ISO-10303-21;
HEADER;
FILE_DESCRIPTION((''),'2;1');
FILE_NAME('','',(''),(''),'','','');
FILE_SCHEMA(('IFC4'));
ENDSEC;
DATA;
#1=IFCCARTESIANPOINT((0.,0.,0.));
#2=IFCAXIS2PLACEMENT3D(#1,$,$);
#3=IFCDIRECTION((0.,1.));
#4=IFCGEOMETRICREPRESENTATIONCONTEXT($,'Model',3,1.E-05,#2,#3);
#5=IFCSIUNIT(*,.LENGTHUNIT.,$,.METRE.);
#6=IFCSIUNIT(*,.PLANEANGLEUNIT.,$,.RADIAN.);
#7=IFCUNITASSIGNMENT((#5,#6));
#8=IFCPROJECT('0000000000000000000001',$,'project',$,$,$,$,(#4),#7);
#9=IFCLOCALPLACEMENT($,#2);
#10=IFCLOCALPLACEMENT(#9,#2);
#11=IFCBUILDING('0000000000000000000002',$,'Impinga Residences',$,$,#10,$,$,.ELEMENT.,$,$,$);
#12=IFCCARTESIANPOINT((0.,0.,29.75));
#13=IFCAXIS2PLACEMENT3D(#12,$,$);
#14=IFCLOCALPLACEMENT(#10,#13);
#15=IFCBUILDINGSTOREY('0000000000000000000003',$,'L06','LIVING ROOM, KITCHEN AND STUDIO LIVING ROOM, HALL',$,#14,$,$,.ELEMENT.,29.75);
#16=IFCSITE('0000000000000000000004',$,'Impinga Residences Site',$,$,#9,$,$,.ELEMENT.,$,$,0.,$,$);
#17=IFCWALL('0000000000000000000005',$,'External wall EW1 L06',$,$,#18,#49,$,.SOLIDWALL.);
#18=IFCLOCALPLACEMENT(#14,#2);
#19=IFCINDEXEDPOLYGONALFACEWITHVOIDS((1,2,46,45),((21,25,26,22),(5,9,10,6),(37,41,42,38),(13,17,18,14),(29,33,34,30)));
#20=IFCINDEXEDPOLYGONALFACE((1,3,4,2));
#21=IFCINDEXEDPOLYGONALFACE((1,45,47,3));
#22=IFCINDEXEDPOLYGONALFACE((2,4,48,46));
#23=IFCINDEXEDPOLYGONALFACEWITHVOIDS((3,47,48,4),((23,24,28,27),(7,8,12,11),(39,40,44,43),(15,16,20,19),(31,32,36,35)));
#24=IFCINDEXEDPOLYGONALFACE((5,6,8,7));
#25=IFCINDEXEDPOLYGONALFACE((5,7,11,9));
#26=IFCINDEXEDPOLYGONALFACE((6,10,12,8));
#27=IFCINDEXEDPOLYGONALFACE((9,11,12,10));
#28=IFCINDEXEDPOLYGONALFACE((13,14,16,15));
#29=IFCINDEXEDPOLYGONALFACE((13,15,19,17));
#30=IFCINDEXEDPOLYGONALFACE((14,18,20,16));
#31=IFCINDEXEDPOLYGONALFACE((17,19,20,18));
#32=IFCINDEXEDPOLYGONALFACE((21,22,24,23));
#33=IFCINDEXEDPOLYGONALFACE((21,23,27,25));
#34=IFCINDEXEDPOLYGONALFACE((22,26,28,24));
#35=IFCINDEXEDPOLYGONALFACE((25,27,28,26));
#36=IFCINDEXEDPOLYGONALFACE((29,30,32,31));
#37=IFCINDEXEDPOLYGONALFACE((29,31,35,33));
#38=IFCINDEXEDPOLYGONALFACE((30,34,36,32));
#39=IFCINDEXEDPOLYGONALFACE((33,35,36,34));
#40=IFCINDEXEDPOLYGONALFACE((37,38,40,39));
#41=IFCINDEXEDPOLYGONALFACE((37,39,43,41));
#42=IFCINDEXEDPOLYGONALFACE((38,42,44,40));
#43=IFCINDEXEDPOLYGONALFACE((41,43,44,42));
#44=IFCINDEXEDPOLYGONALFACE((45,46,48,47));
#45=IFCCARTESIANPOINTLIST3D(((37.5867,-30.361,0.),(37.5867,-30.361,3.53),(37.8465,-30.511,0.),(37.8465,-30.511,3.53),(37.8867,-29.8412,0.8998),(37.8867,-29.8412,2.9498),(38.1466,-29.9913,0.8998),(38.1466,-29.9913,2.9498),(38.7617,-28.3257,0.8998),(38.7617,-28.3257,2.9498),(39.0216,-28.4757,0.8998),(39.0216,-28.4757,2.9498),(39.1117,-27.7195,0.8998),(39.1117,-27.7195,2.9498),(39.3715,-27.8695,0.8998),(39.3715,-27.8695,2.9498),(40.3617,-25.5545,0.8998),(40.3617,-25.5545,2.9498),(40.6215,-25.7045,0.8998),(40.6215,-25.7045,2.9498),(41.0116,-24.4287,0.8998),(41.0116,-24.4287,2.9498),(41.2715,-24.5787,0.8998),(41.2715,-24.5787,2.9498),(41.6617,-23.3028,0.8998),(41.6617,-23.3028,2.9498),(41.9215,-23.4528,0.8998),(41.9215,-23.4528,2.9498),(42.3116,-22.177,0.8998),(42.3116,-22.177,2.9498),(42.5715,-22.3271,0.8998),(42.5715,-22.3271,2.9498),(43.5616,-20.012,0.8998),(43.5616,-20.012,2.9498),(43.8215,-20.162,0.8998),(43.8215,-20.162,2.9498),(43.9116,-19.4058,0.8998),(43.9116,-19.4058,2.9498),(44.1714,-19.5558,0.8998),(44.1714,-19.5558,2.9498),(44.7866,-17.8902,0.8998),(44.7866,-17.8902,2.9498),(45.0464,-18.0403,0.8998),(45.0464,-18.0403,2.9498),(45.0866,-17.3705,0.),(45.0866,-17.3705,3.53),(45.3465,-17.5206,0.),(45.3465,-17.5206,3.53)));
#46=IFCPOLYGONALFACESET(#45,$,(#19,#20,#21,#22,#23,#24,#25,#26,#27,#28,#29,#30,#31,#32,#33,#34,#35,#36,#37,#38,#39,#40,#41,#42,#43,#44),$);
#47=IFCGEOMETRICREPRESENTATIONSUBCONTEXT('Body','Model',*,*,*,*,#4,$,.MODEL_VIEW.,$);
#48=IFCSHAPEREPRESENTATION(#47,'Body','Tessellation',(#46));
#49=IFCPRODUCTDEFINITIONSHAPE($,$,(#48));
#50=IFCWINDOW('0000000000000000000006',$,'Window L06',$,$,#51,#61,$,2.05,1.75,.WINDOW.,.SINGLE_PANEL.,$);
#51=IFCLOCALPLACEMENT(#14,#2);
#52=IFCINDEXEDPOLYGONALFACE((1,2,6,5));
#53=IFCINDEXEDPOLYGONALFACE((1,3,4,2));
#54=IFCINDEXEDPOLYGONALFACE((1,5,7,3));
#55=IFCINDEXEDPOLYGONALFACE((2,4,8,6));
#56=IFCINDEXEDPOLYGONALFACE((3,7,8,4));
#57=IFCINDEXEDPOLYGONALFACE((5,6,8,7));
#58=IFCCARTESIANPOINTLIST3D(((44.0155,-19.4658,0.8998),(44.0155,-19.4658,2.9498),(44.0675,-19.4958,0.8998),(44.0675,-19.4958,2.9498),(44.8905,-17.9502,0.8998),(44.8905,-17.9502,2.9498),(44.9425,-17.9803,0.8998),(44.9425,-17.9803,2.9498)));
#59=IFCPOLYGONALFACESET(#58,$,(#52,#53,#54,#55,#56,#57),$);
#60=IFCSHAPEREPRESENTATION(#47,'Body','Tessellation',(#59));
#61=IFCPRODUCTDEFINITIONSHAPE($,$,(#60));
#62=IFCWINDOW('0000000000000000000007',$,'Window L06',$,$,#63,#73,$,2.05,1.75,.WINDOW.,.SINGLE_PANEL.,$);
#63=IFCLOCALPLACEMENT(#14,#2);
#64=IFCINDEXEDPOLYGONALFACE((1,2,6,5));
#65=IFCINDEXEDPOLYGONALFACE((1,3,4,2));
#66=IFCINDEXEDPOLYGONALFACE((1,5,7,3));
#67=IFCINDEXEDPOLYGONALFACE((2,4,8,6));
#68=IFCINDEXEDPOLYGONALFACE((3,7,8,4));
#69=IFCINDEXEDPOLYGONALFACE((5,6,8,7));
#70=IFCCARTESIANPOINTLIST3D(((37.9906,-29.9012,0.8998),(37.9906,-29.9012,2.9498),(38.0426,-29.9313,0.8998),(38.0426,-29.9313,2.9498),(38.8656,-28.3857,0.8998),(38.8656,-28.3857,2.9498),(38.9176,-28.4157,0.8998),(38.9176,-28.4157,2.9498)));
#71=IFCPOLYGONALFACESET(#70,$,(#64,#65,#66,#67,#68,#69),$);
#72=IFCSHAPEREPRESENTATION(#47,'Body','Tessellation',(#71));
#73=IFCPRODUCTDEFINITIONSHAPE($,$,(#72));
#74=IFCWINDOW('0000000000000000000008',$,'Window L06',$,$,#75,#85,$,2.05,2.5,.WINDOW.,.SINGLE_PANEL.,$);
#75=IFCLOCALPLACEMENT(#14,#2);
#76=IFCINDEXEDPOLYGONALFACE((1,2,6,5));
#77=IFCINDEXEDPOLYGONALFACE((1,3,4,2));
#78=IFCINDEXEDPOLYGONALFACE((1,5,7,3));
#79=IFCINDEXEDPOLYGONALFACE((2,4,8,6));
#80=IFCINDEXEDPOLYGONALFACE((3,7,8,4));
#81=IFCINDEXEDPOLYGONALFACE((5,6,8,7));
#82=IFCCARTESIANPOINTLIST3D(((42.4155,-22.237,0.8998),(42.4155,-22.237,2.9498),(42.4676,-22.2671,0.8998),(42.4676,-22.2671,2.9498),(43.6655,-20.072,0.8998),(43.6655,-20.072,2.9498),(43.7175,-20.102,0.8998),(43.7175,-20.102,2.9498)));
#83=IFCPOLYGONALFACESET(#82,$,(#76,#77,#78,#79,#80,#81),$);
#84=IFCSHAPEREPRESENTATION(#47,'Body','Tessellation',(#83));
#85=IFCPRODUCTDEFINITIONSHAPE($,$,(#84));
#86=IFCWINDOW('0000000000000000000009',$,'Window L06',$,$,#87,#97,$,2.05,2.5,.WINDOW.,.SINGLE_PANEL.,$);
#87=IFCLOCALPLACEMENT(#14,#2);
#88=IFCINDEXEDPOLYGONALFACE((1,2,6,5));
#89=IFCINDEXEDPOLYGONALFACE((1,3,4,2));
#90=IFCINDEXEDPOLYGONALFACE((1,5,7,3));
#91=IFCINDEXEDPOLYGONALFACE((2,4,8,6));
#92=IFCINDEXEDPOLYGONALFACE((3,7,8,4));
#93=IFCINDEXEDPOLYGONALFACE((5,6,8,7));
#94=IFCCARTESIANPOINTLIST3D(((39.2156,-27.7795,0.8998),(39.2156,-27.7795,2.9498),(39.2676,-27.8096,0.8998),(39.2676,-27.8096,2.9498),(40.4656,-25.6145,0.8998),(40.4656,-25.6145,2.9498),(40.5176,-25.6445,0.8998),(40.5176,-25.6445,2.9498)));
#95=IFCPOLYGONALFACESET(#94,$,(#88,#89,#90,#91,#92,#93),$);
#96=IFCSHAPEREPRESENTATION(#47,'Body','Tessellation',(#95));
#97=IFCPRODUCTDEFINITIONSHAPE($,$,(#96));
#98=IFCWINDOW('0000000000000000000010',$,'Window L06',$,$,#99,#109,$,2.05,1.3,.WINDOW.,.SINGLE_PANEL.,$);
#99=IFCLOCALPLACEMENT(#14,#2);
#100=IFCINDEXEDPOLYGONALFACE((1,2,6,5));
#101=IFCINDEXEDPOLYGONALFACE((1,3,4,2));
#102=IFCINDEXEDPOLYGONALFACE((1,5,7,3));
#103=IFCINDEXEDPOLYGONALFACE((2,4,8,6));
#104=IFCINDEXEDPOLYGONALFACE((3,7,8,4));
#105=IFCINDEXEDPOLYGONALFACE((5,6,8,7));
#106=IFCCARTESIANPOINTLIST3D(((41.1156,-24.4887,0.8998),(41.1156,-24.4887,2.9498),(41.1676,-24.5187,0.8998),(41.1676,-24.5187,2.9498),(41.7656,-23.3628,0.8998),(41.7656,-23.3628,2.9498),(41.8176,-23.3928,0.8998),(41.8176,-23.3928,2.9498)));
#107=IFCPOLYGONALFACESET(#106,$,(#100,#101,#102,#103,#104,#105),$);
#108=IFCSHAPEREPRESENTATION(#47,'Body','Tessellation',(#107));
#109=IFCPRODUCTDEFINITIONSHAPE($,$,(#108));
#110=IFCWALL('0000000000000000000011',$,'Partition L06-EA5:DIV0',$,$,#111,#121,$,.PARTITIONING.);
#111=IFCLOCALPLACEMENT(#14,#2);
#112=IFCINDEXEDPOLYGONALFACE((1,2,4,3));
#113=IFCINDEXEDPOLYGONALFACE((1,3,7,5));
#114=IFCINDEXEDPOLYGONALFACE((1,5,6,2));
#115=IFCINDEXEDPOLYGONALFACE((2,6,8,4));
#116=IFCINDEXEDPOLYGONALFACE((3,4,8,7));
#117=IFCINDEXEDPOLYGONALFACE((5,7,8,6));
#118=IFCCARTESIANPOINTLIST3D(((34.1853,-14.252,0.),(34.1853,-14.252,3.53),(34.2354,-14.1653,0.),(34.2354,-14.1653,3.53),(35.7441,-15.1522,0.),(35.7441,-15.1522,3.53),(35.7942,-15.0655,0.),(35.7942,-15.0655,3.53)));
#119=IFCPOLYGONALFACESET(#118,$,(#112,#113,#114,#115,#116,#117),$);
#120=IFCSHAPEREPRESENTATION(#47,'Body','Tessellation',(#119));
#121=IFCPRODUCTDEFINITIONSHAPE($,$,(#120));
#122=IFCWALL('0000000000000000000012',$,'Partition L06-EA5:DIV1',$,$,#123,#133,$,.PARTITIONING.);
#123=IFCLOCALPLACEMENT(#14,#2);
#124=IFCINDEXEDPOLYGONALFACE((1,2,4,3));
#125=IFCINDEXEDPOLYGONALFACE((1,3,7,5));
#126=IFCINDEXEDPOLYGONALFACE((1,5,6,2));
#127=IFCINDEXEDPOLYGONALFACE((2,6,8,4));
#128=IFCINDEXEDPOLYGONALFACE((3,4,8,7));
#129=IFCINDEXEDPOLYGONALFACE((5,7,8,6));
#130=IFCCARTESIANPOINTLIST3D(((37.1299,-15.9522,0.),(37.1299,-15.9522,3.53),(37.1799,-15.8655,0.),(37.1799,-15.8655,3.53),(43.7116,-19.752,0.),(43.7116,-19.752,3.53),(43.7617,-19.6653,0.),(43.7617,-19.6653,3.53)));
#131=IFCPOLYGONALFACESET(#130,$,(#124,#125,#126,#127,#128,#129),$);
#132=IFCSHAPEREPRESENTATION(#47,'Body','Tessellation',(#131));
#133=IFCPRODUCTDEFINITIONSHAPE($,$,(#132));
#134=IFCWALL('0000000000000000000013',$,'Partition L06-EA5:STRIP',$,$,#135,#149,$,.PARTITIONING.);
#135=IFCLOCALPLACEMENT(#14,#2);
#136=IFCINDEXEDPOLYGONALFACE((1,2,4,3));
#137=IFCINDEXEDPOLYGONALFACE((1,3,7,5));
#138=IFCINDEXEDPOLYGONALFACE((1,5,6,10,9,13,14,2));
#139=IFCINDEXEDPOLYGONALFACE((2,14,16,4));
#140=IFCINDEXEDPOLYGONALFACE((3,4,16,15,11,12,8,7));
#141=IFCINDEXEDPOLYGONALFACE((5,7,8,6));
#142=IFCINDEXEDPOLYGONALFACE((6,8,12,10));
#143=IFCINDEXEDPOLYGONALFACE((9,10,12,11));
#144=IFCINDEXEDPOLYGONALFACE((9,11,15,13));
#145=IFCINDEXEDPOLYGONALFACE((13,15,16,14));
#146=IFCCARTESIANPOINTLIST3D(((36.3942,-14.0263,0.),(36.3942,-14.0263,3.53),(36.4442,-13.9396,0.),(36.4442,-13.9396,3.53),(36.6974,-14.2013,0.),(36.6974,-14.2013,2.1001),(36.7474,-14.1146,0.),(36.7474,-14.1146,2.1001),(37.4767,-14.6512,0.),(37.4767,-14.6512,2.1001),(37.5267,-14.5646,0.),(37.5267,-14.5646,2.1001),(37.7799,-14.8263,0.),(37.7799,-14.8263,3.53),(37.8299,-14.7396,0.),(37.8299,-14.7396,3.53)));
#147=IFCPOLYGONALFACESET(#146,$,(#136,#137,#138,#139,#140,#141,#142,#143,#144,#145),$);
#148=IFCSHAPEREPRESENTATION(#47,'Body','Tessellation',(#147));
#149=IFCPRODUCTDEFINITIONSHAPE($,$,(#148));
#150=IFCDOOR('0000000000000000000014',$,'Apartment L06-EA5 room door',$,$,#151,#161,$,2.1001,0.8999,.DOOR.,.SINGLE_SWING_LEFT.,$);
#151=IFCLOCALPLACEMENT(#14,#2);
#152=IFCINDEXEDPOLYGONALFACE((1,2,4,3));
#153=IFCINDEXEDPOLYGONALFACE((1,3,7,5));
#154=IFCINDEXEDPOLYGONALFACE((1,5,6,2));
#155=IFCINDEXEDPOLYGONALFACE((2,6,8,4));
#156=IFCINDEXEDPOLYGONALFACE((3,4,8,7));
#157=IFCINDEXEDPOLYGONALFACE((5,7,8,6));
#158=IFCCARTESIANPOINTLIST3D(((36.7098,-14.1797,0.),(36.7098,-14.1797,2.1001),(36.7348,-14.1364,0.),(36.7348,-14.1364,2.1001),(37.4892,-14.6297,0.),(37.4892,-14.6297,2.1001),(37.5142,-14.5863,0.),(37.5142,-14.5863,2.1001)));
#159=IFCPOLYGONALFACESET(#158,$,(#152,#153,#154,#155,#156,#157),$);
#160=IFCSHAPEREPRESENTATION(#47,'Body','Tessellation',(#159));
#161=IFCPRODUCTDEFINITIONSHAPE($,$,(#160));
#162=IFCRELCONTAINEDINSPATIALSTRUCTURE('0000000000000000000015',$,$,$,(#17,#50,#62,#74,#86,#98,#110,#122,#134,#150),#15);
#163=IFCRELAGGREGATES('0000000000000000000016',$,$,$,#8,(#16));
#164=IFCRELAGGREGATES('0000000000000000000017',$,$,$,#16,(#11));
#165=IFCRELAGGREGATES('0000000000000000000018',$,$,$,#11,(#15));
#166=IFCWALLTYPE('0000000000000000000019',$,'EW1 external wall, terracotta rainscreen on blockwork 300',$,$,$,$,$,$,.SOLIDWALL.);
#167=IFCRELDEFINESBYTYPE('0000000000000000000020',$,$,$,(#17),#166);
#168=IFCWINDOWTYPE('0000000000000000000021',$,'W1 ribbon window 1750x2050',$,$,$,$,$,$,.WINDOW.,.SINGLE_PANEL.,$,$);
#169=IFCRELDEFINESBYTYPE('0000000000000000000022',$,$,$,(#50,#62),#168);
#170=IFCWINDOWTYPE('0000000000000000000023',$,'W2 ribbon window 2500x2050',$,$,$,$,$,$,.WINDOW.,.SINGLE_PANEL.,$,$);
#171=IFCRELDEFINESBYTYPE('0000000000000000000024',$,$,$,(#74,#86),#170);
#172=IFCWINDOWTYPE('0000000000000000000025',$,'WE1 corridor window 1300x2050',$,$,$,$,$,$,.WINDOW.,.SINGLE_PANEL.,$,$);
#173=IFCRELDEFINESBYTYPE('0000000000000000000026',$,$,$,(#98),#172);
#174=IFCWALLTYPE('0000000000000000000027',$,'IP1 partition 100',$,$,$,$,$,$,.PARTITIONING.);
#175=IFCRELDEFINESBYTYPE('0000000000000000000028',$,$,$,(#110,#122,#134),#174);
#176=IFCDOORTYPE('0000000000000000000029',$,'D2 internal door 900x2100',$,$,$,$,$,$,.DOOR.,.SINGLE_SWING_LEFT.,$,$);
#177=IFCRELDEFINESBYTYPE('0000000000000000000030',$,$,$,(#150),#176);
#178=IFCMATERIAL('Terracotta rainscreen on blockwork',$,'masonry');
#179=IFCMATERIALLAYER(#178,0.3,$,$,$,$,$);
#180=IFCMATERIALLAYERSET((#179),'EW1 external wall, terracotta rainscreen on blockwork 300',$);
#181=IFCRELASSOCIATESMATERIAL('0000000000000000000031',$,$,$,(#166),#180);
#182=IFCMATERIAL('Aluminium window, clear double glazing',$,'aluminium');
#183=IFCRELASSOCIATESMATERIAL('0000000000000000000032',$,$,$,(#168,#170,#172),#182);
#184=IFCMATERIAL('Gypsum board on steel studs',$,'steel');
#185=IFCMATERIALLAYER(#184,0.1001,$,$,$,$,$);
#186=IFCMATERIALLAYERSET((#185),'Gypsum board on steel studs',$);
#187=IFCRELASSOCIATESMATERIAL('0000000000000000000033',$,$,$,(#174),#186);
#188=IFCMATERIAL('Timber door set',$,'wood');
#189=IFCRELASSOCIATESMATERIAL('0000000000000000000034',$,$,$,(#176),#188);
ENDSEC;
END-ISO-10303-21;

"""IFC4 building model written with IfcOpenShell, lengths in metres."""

from ifc_helpers import new_model, si_unit, direction, frame, frame_2d, origin, place, context, subcontext, project, spatial, rectangle, extrude, material, layer, layer_set, type_object, element, fill, save


model = new_model("IFC4")

# Units and contexts
model_context = context("Model", 3, precision=1e-05, world=origin(), true_north=direction((0.0, 1.0)))
body_context = subcontext(model_context, "Body", "Model", "MODEL_VIEW")
ifc_project = project(units=[si_unit("LENGTHUNIT", "METRE"), si_unit("PLANEANGLEUNIT", "RADIAN")], contexts=[model_context])

# Site, building, storey
site_placement = place(None, origin())
site = spatial("IfcSite", under=ifc_project, at=site_placement, Name="Impinga Residences Site", CompositionType="ELEMENT", RefElevation=0.0)
building_placement = place(site_placement, origin())
building = spatial("IfcBuilding", under=site, at=building_placement, Name="Impinga Residences", CompositionType="ELEMENT")
storey_placement = place(building_placement, frame((0.0, 0.0, 29.75)))
storey = spatial("IfcBuildingStorey", under=building, at=storey_placement, Name="L06", Description="LIVING ROOM, KITCHEN AND STUDIO LIVING ROOM, HALL", CompositionType="ELEMENT", Elevation=29.75)

# Shared definitions
ifc_material_1 = material(Name="Terracotta rainscreen on blockwork", Category="masonry")
ifc_layer_1 = layer(ifc_material_1, 0.3)
ifc_layer_set_1 = layer_set([ifc_layer_1], Name="EW1 external wall, terracotta rainscreen on blockwork 300")
wall_type_1 = type_object("IfcWallType", Name="EW1 external wall, terracotta rainscreen on blockwork 300", PredefinedType="SOLIDWALL", material=ifc_layer_set_1)

# Wall, openings, windows
wall_1_placement = place(storey_placement, frame((45.2166, -17.4456, 0.0), z_axis=(0.0, 0.0, 1.0), x_axis=(-0.499997, -0.866027, 0.0)))
wall_1 = element("IfcWall", 1, at=wall_1_placement, inside=storey, type_object=wall_type_1, Name="External wall EW1 L06", PredefinedType="SOLIDWALL", context=body_context, shape_type="SweptSolid", body=[
    extrude(rectangle(XDim=15.0, YDim=0.3, at=frame_2d((7.5, 0.0))), origin(), (0.0, 0.0, 1.0), 3.53),
])
opening_1_placement = place(wall_1_placement, frame((0.6001, 0.0, 0.8999)))
opening_1 = element("IfcOpeningElement", 2, at=opening_1_placement, cuts=wall_1, PredefinedType="OPENING", context=body_context, shape_type="SweptSolid", body=[
    extrude(rectangle(XDim=1.75, YDim=2.05, at=frame_2d((0.875, 1.0249))), frame((0.0, 0.1599, 0.0), z_axis=(0.0, -1.0, 0.0), x_axis=(1.0, 0.0, 0.0)), (0.0, 0.0, 1.0), 0.3201),
])
opening_2_placement = place(wall_1_placement, frame((3.05, 0.0, 0.8999)))
opening_2 = element("IfcOpeningElement", 3, at=opening_2_placement, cuts=wall_1, PredefinedType="OPENING", context=body_context, shape_type="SweptSolid", body=[
    extrude(rectangle(XDim=2.5, YDim=2.05, at=frame_2d((1.25, 1.0249))), frame((0.0, 0.1599, 0.0), z_axis=(0.0, -1.0, 0.0), x_axis=(1.0, 0.0, 0.0)), (0.0, 0.0, 1.0), 0.3201),
])
opening_3_placement = place(wall_1_placement, frame((6.8501, 0.0, 0.8999)))
opening_3 = element("IfcOpeningElement", 4, at=opening_3_placement, cuts=wall_1, PredefinedType="OPENING", context=body_context, shape_type="SweptSolid", body=[
    extrude(rectangle(XDim=1.3, YDim=2.05, at=frame_2d((0.6499, 1.0249))), frame((0.0, 0.1599, 0.0), z_axis=(0.0, -1.0, 0.0), x_axis=(1.0, 0.0, 0.0)), (0.0, 0.0, 1.0), 0.3201),
])
opening_4_placement = place(wall_1_placement, frame((9.45, 0.0, 0.8999)))
opening_4 = element("IfcOpeningElement", 5, at=opening_4_placement, cuts=wall_1, PredefinedType="OPENING", context=body_context, shape_type="SweptSolid", body=[
    extrude(rectangle(XDim=2.5, YDim=2.05, at=frame_2d((1.25, 1.0249))), frame((0.0, 0.1599, 0.0), z_axis=(0.0, -1.0, 0.0), x_axis=(1.0, 0.0, 0.0)), (0.0, 0.0, 1.0), 0.3201),
])
opening_5_placement = place(wall_1_placement, frame((12.6499, 0.0, 0.8999)))
opening_5 = element("IfcOpeningElement", 6, at=opening_5_placement, cuts=wall_1, PredefinedType="OPENING", context=body_context, shape_type="SweptSolid", body=[
    extrude(rectangle(XDim=1.75, YDim=2.05, at=frame_2d((0.875, 1.0249))), frame((0.0, 0.1599, 0.0), z_axis=(0.0, -1.0, 0.0), x_axis=(1.0, 0.0, 0.0)), (0.0, 0.0, 1.0), 0.3201),
])
ifc_material_2 = material(Name="Aluminium window, clear double glazing", Category="aluminium")
window_type_1 = type_object("IfcWindowType", Name="W1 ribbon window 1750x2050", PartitioningType="SINGLE_PANEL", PredefinedType="WINDOW", material=ifc_material_2)
window_1_placement = place(opening_1_placement, origin())
window_1 = element("IfcWindow", 7, at=window_1_placement, inside=storey, type_object=window_type_1, Name="Window L06", OverallHeight=2.05, OverallWidth=1.75, PartitioningType="SINGLE_PANEL", PredefinedType="WINDOW", context=body_context, shape_type="SweptSolid", body=[
    extrude(rectangle(XDim=1.75, YDim=2.05, at=frame_2d((0.875, 1.0249))), frame((0.0, 0.03, 0.0), z_axis=(0.0, -1.0, 0.0), x_axis=(1.0, 0.0, 0.0)), (0.0, 0.0, 1.0), 0.0601),
])
fill(opening_1, window_1)
window_2_placement = place(opening_5_placement, origin())
window_2 = element("IfcWindow", 8, at=window_2_placement, inside=storey, type_object=window_type_1, Name="Window L06", OverallHeight=2.05, OverallWidth=1.75, PartitioningType="SINGLE_PANEL", PredefinedType="WINDOW", context=body_context, shape_type="SweptSolid", body=[
    extrude(rectangle(XDim=1.75, YDim=2.05, at=frame_2d((0.875, 1.0249))), frame((0.0, 0.03, 0.0), z_axis=(0.0, -1.0, 0.0), x_axis=(1.0, 0.0, 0.0)), (0.0, 0.0, 1.0), 0.0601),
])
fill(opening_5, window_2)
window_type_2 = type_object("IfcWindowType", Name="W2 ribbon window 2500x2050", PartitioningType="SINGLE_PANEL", PredefinedType="WINDOW", material=ifc_material_2)
window_3_placement = place(opening_2_placement, origin())
window_3 = element("IfcWindow", 9, at=window_3_placement, inside=storey, type_object=window_type_2, Name="Window L06", OverallHeight=2.05, OverallWidth=2.5, PartitioningType="SINGLE_PANEL", PredefinedType="WINDOW", context=body_context, shape_type="SweptSolid", body=[
    extrude(rectangle(XDim=2.5, YDim=2.05, at=frame_2d((1.25, 1.0249))), frame((0.0, 0.03, 0.0), z_axis=(0.0, -1.0, 0.0), x_axis=(1.0, 0.0, 0.0)), (0.0, 0.0, 1.0), 0.0601),
])
fill(opening_2, window_3)
window_4_placement = place(opening_4_placement, origin())
window_4 = element("IfcWindow", 10, at=window_4_placement, inside=storey, type_object=window_type_2, Name="Window L06", OverallHeight=2.05, OverallWidth=2.5, PartitioningType="SINGLE_PANEL", PredefinedType="WINDOW", context=body_context, shape_type="SweptSolid", body=[
    extrude(rectangle(XDim=2.5, YDim=2.05, at=frame_2d((1.25, 1.0249))), frame((0.0, 0.03, 0.0), z_axis=(0.0, -1.0, 0.0), x_axis=(1.0, 0.0, 0.0)), (0.0, 0.0, 1.0), 0.0601),
])
fill(opening_4, window_4)
window_type_3 = type_object("IfcWindowType", Name="WE1 corridor window 1300x2050", PartitioningType="SINGLE_PANEL", PredefinedType="WINDOW", material=ifc_material_2)
window_5_placement = place(opening_3_placement, origin())
window_5 = element("IfcWindow", 11, at=window_5_placement, inside=storey, type_object=window_type_3, Name="Window L06", OverallHeight=2.05, OverallWidth=1.3, PartitioningType="SINGLE_PANEL", PredefinedType="WINDOW", context=body_context, shape_type="SweptSolid", body=[
    extrude(rectangle(XDim=1.3, YDim=2.05, at=frame_2d((0.6499, 1.0249))), frame((0.0, 0.03, 0.0), z_axis=(0.0, -1.0, 0.0), x_axis=(1.0, 0.0, 0.0)), (0.0, 0.0, 1.0), 0.0601),
])
fill(opening_3, window_5)

# Walls
ifc_material_3 = material(Name="Gypsum board on steel studs", Category="steel")
ifc_layer_2 = layer(ifc_material_3, 0.1001)
ifc_layer_set_2 = layer_set([ifc_layer_2], Name="Gypsum board on steel studs")
wall_type_2 = type_object("IfcWallType", Name="IP1 partition 100", PredefinedType="PARTITIONING", material=ifc_layer_set_2)
wall_2_placement = place(storey_placement, frame((34.2104, -14.2087, 0.0), z_axis=(0.0, 0.0, 1.0), x_axis=(0.865989, -0.500063, 0.0)))
element("IfcWall", 12, at=wall_2_placement, inside=storey, type_object=wall_type_2, Name="Partition L06-EA5:DIV0", PredefinedType="PARTITIONING", context=body_context, shape_type="SweptSolid", body=[
    extrude(rectangle(XDim=1.8, YDim=0.1001, at=frame_2d((0.8999, 0.0))), origin(), (0.0, 0.0, 1.0), 3.53),
])
wall_3_placement = place(storey_placement, frame((37.155, -15.9089, 0.0), z_axis=(0.0, 0.0, 1.0), x_axis=(0.866036, -0.499981, 0.0)))
element("IfcWall", 13, at=wall_3_placement, inside=storey, type_object=wall_type_2, Name="Partition L06-EA5:DIV1", PredefinedType="PARTITIONING", context=body_context, shape_type="SweptSolid", body=[
    extrude(rectangle(XDim=7.5999, YDim=0.1001, at=frame_2d((3.7998, 0.0))), origin(), (0.0, 0.0, 1.0), 3.53),
])

# Wall, opening, door
wall_4_placement = place(storey_placement, frame((36.4192, -13.9829, 0.0), z_axis=(0.0, 0.0, 1.0), x_axis=(0.866028, -0.499995, 0.0)))
wall_4 = element("IfcWall", 14, at=wall_4_placement, inside=storey, type_object=wall_type_2, Name="Partition L06-EA5:STRIP", PredefinedType="PARTITIONING", context=body_context, shape_type="SweptSolid", body=[
    extrude(rectangle(XDim=1.6001, YDim=0.1001, at=frame_2d((0.8, 0.0))), origin(), (0.0, 0.0, 1.0), 3.53),
])
opening_6_placement = place(wall_4_placement, frame((0.3501, 0.0, 0.0)))
opening_6 = element("IfcOpeningElement", 15, at=opening_6_placement, cuts=wall_4, PredefinedType="OPENING", context=body_context, shape_type="SweptSolid", body=[
    extrude(rectangle(XDim=0.8999, YDim=2.1001, at=frame_2d((0.45, 1.05))), frame((0.0, 0.0601, 0.0), z_axis=(0.0, -1.0, 0.0), x_axis=(1.0, 0.0, 0.0)), (0.0, 0.0, 1.0), 0.1201),
])
ifc_material_4 = material(Name="Timber door set", Category="wood")
door_type = type_object("IfcDoorType", Name="D2 internal door 900x2100", OperationType="SINGLE_SWING_LEFT", PredefinedType="DOOR", material=ifc_material_4)
door_placement = place(opening_6_placement, origin())
door = element("IfcDoor", 16, at=door_placement, inside=storey, type_object=door_type, Name="Apartment L06-EA5 room door", OperationType="SINGLE_SWING_LEFT", OverallHeight=2.1001, OverallWidth=0.8999, PredefinedType="DOOR", context=body_context, shape_type="SweptSolid", body=[
    extrude(rectangle(XDim=0.8999, YDim=2.1001, at=frame_2d((0.45, 1.05))), frame((0.0, 0.0249, 0.0), z_axis=(0.0, -1.0, 0.0), x_axis=(1.0, 0.0, 0.0)), (0.0, 0.0, 1.0), 0.05),
])
fill(opening_6, door)

save(model, "model.ifc")
